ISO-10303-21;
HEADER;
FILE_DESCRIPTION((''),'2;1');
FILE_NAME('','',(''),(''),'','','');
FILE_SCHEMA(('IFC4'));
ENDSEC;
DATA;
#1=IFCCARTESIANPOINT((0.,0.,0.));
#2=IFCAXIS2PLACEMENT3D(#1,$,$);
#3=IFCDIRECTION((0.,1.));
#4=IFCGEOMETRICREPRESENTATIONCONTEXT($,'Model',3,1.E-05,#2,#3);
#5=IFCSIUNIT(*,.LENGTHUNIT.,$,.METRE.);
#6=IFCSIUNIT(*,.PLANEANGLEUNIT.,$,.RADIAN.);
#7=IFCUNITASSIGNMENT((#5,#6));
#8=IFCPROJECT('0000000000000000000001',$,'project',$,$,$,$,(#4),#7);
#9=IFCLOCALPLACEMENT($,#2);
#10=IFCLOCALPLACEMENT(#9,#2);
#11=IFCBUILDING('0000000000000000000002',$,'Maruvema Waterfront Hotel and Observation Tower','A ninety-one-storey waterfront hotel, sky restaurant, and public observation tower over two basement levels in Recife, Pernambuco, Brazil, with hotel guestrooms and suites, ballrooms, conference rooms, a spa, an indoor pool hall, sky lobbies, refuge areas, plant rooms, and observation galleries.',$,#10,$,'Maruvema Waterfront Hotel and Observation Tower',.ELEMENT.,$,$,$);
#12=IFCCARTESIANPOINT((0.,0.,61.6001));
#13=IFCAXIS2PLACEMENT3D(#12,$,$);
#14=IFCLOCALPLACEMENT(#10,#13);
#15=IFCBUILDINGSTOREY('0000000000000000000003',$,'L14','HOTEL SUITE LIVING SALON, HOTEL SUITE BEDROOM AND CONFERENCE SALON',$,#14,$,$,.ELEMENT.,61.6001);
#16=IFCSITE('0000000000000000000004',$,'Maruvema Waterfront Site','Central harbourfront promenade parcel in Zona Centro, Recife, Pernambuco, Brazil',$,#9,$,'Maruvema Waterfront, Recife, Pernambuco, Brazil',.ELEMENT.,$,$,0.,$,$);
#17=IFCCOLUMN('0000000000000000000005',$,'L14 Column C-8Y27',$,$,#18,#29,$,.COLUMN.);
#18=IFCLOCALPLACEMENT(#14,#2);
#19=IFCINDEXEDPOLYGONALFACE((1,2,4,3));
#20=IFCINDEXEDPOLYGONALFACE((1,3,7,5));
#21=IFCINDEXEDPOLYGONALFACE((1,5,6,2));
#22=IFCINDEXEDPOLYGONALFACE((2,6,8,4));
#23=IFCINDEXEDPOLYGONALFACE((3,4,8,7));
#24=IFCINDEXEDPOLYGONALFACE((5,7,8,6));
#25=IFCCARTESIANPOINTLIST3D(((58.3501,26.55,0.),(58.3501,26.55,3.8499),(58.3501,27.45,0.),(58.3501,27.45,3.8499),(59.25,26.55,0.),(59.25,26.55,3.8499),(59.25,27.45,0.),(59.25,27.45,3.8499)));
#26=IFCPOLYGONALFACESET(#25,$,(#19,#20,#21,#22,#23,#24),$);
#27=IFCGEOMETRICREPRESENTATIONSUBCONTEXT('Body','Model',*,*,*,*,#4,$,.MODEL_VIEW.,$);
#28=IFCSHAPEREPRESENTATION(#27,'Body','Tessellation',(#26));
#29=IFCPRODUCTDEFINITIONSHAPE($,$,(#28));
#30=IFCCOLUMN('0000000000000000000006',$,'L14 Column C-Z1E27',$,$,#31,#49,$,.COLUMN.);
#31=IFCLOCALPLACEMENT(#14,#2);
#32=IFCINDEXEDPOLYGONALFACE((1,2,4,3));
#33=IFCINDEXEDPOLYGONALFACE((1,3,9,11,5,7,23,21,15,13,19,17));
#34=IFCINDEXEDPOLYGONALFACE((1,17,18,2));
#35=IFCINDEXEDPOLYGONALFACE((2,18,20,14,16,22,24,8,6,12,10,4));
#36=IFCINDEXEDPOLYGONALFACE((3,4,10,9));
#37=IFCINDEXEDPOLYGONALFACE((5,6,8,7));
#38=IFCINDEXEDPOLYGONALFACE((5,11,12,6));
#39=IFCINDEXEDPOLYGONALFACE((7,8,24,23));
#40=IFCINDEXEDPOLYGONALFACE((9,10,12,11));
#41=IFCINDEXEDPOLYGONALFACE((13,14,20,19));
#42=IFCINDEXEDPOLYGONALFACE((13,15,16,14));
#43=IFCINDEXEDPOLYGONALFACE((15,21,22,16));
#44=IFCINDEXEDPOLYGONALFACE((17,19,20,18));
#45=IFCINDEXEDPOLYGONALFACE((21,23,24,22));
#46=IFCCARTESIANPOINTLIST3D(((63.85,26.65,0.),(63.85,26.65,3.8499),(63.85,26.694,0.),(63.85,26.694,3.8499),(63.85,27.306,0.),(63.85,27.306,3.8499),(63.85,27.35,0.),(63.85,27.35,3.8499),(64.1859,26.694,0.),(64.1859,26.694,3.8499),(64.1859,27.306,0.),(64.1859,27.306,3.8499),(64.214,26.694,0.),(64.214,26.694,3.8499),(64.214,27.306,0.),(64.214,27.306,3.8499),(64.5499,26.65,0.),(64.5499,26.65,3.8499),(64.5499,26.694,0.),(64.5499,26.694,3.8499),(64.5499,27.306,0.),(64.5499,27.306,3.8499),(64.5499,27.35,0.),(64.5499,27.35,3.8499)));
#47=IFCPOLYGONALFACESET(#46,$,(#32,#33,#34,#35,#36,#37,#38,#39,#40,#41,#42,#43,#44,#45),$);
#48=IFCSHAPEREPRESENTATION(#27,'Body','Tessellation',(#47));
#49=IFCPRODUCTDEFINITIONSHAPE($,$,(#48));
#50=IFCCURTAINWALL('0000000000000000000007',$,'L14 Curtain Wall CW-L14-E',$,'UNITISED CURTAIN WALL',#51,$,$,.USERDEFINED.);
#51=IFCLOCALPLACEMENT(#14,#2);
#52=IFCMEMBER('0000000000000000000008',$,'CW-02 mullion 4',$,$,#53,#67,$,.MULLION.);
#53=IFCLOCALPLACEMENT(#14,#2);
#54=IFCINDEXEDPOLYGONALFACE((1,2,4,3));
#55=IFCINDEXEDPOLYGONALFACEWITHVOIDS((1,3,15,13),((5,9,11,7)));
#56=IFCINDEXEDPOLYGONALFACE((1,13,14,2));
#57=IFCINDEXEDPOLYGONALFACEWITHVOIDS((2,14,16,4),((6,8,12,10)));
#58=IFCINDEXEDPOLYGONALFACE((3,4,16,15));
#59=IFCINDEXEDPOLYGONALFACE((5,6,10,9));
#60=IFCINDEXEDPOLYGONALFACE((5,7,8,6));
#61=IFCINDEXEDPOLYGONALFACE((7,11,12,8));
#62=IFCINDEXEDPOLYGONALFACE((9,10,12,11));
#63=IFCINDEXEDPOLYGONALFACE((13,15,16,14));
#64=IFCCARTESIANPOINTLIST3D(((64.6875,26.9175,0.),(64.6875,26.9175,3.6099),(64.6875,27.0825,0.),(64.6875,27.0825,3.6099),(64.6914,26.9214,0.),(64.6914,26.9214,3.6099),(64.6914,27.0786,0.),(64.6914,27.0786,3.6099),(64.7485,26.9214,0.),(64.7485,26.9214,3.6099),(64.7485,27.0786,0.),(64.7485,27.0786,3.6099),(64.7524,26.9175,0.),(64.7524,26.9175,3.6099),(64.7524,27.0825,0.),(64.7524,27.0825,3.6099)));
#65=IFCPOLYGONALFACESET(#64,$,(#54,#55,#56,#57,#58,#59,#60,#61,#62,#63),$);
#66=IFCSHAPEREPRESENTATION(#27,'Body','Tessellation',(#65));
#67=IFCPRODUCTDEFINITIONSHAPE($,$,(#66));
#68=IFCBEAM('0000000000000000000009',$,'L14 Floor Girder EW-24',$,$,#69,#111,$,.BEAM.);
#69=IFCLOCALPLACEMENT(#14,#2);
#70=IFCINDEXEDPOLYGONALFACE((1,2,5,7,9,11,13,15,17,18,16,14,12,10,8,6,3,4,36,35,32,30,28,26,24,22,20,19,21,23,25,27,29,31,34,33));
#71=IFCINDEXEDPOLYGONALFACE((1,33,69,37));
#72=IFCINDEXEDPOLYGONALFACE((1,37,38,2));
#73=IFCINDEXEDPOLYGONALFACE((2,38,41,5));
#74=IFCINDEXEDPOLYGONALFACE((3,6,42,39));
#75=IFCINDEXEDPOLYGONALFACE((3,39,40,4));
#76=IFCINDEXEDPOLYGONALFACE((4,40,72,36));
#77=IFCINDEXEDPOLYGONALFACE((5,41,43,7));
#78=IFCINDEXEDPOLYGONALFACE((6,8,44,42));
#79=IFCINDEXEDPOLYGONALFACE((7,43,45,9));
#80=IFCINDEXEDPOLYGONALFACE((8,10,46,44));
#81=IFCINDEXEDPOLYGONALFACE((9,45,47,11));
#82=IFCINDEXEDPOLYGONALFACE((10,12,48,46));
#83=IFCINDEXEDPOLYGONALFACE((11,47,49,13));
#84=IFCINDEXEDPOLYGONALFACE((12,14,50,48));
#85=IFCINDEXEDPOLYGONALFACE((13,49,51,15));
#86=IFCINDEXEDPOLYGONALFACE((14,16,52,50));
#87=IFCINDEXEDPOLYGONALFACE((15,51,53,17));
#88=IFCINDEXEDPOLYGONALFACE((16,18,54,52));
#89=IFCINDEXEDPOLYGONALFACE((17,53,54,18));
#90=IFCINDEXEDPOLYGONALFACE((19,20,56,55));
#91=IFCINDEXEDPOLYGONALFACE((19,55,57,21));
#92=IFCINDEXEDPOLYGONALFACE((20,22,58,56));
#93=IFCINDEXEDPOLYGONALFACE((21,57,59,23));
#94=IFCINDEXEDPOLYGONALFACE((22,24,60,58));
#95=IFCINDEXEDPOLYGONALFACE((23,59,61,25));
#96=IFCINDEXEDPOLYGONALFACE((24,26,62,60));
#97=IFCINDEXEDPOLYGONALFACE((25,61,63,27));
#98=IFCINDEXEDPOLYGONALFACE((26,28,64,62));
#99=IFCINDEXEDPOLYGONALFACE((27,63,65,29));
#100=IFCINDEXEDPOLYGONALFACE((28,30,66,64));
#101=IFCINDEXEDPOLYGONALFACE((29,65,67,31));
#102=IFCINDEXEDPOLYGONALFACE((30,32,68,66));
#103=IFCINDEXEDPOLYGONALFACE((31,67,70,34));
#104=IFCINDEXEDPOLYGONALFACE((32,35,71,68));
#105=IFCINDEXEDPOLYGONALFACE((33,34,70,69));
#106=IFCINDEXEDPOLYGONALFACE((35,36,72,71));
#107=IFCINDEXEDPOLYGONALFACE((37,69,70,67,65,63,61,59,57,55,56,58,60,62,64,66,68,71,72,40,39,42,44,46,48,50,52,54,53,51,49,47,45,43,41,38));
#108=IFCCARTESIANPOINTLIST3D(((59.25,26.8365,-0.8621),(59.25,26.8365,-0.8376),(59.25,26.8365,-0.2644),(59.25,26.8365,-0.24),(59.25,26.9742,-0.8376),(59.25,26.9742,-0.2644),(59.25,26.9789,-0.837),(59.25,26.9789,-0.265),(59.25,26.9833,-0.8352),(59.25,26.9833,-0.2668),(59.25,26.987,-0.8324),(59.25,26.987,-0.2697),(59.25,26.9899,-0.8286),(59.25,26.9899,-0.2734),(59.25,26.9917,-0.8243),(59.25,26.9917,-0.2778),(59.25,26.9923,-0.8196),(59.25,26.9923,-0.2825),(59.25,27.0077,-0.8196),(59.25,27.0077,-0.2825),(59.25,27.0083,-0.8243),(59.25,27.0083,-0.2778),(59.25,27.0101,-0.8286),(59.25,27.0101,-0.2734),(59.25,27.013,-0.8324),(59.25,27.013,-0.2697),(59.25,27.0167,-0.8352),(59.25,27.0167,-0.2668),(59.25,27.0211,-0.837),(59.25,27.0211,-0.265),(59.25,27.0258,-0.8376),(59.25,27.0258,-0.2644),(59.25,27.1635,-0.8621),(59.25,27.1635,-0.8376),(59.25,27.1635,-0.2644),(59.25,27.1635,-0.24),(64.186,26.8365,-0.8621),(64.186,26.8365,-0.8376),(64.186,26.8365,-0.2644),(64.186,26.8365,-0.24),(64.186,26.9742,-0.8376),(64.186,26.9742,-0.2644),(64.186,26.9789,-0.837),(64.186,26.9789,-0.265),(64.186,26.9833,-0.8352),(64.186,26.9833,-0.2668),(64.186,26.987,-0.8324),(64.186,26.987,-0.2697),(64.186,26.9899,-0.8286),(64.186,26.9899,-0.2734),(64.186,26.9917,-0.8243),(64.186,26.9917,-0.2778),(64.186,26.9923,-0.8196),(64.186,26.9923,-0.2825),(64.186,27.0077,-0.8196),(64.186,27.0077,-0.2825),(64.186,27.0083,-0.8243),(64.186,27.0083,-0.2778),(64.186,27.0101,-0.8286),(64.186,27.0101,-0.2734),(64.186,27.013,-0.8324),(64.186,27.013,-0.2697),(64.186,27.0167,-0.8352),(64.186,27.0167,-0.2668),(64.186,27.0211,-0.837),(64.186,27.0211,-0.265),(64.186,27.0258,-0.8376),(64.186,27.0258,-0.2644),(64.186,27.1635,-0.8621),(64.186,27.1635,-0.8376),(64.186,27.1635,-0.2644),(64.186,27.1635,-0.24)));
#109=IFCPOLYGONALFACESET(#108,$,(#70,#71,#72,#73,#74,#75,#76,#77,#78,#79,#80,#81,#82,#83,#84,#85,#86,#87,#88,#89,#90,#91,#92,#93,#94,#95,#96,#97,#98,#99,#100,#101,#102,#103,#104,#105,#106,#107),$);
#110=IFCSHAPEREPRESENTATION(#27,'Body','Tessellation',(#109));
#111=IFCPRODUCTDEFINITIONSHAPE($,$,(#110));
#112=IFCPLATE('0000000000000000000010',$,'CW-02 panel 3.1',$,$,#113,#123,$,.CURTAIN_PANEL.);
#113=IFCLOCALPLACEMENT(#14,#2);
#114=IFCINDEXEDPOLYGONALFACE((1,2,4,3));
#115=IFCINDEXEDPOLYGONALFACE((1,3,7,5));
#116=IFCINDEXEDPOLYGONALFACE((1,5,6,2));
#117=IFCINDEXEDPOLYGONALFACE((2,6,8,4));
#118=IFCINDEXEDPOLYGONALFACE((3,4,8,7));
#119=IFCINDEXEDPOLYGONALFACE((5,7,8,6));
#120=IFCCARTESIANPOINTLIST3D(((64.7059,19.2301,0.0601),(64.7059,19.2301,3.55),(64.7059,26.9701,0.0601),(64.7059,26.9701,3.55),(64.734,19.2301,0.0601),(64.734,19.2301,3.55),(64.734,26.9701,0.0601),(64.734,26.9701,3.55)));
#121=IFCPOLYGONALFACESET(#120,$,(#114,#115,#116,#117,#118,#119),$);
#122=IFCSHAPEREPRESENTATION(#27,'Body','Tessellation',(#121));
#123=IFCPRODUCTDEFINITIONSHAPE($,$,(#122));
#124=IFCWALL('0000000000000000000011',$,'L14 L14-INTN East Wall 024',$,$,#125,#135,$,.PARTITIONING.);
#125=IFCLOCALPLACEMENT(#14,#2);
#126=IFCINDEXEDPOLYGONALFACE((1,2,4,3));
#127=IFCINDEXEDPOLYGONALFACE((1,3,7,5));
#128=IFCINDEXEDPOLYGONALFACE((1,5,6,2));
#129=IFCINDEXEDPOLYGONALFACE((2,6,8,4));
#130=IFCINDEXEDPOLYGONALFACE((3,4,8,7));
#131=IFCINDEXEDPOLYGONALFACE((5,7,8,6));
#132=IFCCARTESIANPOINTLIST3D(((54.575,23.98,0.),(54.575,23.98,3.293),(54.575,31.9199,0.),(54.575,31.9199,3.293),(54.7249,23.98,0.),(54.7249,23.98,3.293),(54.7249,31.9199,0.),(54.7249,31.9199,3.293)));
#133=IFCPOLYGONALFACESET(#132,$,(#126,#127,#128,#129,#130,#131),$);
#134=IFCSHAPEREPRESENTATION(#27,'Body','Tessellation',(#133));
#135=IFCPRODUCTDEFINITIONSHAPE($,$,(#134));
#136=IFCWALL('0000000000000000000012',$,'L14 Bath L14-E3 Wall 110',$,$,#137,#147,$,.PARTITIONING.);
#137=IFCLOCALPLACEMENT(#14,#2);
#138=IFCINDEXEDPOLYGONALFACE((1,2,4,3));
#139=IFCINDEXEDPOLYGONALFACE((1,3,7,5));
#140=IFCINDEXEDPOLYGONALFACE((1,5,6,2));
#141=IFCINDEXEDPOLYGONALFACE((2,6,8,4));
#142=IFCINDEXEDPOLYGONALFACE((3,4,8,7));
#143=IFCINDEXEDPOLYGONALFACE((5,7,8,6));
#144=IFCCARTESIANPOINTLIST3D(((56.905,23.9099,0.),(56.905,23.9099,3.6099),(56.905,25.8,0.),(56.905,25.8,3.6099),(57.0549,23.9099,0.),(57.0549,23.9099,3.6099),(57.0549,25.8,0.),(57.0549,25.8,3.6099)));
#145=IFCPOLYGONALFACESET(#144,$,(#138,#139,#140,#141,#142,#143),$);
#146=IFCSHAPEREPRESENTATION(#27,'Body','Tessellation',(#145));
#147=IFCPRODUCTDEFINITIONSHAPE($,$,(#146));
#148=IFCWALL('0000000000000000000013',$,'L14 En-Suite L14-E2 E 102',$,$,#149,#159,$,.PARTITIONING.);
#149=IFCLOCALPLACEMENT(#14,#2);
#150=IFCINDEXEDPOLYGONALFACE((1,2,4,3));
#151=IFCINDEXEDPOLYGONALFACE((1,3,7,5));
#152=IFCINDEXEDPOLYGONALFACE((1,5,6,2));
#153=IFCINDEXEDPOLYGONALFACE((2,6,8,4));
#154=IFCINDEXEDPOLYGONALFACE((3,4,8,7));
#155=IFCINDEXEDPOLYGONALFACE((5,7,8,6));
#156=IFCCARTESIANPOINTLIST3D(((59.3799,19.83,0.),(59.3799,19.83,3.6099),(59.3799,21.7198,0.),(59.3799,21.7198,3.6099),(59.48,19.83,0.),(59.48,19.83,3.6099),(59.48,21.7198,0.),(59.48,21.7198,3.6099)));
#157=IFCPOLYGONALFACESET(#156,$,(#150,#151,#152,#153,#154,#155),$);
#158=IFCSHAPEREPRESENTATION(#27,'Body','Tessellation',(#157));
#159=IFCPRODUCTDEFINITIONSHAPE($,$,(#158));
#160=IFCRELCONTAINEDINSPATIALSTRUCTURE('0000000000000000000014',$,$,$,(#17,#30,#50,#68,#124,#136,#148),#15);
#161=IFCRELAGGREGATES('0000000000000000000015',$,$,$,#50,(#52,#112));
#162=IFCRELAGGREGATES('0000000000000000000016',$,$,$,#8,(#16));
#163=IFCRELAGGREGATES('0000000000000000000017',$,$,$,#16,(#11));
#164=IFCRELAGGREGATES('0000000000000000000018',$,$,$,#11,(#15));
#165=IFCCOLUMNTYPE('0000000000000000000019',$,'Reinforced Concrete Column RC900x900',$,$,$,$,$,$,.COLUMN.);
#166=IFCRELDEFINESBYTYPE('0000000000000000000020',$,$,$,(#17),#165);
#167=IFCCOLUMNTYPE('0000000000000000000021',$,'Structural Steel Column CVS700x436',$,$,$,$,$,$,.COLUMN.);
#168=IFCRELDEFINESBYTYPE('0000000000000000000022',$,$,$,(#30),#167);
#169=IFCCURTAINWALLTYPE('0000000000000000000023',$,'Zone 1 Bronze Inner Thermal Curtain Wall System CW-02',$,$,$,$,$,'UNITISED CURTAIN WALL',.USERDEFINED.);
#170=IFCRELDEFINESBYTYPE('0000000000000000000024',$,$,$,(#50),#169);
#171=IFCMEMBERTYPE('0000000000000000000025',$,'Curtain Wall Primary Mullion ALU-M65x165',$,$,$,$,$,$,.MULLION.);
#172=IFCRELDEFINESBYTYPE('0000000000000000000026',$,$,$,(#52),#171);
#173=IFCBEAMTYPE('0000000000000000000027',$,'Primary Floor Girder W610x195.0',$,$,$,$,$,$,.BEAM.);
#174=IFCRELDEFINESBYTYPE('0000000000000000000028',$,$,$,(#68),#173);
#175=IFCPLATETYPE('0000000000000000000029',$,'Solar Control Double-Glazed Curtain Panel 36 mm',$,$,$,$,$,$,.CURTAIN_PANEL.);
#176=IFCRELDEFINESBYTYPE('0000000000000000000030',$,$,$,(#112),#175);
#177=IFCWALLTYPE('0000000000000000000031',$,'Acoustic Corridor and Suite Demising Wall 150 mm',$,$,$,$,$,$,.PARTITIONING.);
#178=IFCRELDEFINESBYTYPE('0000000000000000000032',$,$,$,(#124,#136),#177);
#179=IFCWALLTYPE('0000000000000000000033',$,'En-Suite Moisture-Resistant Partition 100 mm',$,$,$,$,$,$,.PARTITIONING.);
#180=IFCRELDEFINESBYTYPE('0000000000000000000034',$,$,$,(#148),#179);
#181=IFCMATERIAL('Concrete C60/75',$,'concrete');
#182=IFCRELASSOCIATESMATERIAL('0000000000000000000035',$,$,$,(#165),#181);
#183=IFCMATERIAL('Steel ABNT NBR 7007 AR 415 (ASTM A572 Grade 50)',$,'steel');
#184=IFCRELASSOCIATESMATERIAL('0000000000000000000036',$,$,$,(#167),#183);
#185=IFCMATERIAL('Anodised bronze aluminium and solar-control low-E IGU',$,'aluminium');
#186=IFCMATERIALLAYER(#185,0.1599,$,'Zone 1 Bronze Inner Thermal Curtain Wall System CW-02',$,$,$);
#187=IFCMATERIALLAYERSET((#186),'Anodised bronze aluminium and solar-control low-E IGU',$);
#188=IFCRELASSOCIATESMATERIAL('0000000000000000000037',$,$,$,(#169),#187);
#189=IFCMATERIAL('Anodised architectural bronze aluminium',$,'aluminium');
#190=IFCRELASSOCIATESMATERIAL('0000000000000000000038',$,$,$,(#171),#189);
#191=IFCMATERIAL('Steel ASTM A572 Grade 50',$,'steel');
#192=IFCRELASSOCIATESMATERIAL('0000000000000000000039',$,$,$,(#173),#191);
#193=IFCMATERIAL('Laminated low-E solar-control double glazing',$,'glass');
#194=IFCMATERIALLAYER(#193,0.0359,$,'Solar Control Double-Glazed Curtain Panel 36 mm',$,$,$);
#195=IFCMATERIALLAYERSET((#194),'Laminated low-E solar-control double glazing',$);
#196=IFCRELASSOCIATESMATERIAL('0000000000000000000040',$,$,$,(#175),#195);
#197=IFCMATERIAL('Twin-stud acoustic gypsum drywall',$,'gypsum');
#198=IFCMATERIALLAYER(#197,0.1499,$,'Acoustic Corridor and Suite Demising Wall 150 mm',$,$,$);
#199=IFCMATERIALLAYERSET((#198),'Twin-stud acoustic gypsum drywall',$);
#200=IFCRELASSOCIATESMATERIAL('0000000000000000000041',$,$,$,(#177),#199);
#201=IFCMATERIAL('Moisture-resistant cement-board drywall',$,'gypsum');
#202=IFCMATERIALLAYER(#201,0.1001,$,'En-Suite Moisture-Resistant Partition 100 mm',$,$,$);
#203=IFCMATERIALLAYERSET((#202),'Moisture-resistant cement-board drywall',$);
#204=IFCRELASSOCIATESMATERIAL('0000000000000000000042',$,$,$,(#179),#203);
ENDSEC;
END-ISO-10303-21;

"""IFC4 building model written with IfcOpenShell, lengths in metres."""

from ifc_helpers import new_model, si_unit, direction, frame, frame_2d, origin, origin_2d, place, context, subcontext, project, spatial, rectangle, hollow_rectangle, i_section, extrude, material, layer, layer_set, material_profile, profile_set, type_object, element, aggregate, save


model = new_model("IFC4")

# Units and contexts
model_context = context("Model", 3, precision=1e-05, world=origin(), true_north=direction((0.0, 1.0)))
body_context = subcontext(model_context, "Body", "Model", "MODEL_VIEW")
ifc_project = project(units=[si_unit("LENGTHUNIT", "METRE"), si_unit("PLANEANGLEUNIT", "RADIAN")], contexts=[model_context])

# Site, building, storey
site_placement = place(None, origin())
site = spatial("IfcSite", under=ifc_project, at=site_placement, Name="Maruvema Waterfront Site", Description="Central harbourfront promenade parcel in Zona Centro, Recife, Pernambuco, Brazil", LongName="Maruvema Waterfront, Recife, Pernambuco, Brazil", CompositionType="ELEMENT", RefElevation=0.0)
building_placement = place(site_placement, origin())
building = spatial("IfcBuilding", under=site, at=building_placement, Name="Maruvema Waterfront Hotel and Observation Tower", Description="A ninety-one-storey waterfront hotel, sky restaurant, and public observation tower over two basement levels in Recife, Pernambuco, Brazil, with hotel guestrooms and suites, ballrooms, conference rooms, a spa, an indoor pool hall, sky lobbies, refuge areas, plant rooms, and observation galleries.", LongName="Maruvema Waterfront Hotel and Observation Tower", CompositionType="ELEMENT")
storey_placement = place(building_placement, frame((0.0, 0.0, 61.6001)))
storey = spatial("IfcBuildingStorey", under=building, at=storey_placement, Name="L14", Description="HOTEL SUITE LIVING SALON, HOTEL SUITE BEDROOM AND CONFERENCE SALON", CompositionType="ELEMENT", Elevation=61.6001)

# Columns
ifc_material_1 = material(Name="Concrete C60/75", Category="concrete")
ifc_material_profile_1 = material_profile(ifc_material_1, rectangle(XDim=0.8999, YDim=0.8999, at=origin_2d()), Name="RC900x900")
ifc_profile_set_1 = profile_set([ifc_material_profile_1], Name="Concrete C60/75")
column_type_1 = type_object("IfcColumnType", Name="Reinforced Concrete Column RC900x900", PredefinedType="COLUMN", material=ifc_profile_set_1)
column_1_placement = place(storey_placement, frame((58.8, 27.0, 0.0), z_axis=(0.0, 0.0, 1.0), x_axis=(1.0, 0.0, 0.0)))
element("IfcColumn", 1, at=column_1_placement, inside=storey, type_object=column_type_1, Name="L14 Column C-8Y27", PredefinedType="COLUMN", context=body_context, shape_type="SweptSolid", body=[
    extrude(rectangle(XDim=0.8999, YDim=0.8999, at=origin_2d()), origin(), (0.0, 0.0, 1.0), 3.8499),
])
ifc_material_2 = material(Name="Steel ABNT NBR 7007 AR 415 (ASTM A572 Grade 50)", Category="steel")
ifc_material_profile_2 = material_profile(ifc_material_2, i_section(OverallWidth=0.7, OverallDepth=0.7, WebThickness=0.0281, FlangeThickness=0.0439, at=origin_2d()), Name="CVS700x436")
ifc_profile_set_2 = profile_set([ifc_material_profile_2], Name="Steel ABNT NBR 7007 AR 415 (ASTM A572 Grade 50)")
column_type_2 = type_object("IfcColumnType", Name="Structural Steel Column CVS700x436", PredefinedType="COLUMN", material=ifc_profile_set_2)
column_2_placement = place(storey_placement, frame((64.2, 27.0, 0.0), z_axis=(0.0, 0.0, 1.0), x_axis=(1.0, 0.0, 0.0)))
element("IfcColumn", 2, at=column_2_placement, inside=storey, type_object=column_type_2, Name="L14 Column C-Z1E27", PredefinedType="COLUMN", context=body_context, shape_type="SweptSolid", body=[
    extrude(i_section(OverallWidth=0.7, OverallDepth=0.7, WebThickness=0.0281, FlangeThickness=0.0439, at=origin_2d()), origin(), (0.0, 0.0, 1.0), 3.8499),
])

# Curtain wall, member
ifc_material_3 = material(Name="Anodised bronze aluminium and solar-control low-E IGU", Category="aluminium")
ifc_layer_1 = layer(ifc_material_3, 0.1599, Name="Zone 1 Bronze Inner Thermal Curtain Wall System CW-02")
ifc_layer_set_1 = layer_set([ifc_layer_1], Name="Anodised bronze aluminium and solar-control low-E IGU")
curtain_wall_type = type_object("IfcCurtainWallType", Name="Zone 1 Bronze Inner Thermal Curtain Wall System CW-02", ElementType="UNITISED CURTAIN WALL", PredefinedType="USERDEFINED", material=ifc_layer_set_1)
curtain_wall_placement = place(storey_placement, origin())
curtain_wall = element("IfcCurtainWall", 3, at=curtain_wall_placement, inside=storey, type_object=curtain_wall_type, Name="L14 Curtain Wall CW-L14-E", ObjectType="UNITISED CURTAIN WALL", PredefinedType="USERDEFINED")
ifc_material_4 = material(Name="Anodised architectural bronze aluminium", Category="aluminium")
ifc_material_profile_3 = material_profile(ifc_material_4, hollow_rectangle(XDim=0.0649, YDim=0.165, WallThickness=0.0039, at=origin_2d()), Name="ALU-M65x165")
ifc_profile_set_3 = profile_set([ifc_material_profile_3], Name="Anodised architectural bronze aluminium")
member_type = type_object("IfcMemberType", Name="Curtain Wall Primary Mullion ALU-M65x165", PredefinedType="MULLION", material=ifc_profile_set_3)
member_placement = place(storey_placement, frame((64.72, 27.0, 0.0), z_axis=(0.0, 0.0, 1.0), x_axis=(-1.0, 0.0, 0.0)))
member = element("IfcMember", 4, at=member_placement, type_object=member_type, Name="CW-02 mullion 4", PredefinedType="MULLION", context=body_context, shape_type="SweptSolid", body=[
    extrude(hollow_rectangle(XDim=0.0649, YDim=0.165, WallThickness=0.0039, at=origin_2d()), origin(), (0.0, 0.0, 1.0), 3.6099),
])

# Beam
ifc_material_5 = material(Name="Steel ASTM A572 Grade 50", Category="steel")
ifc_material_profile_4 = material_profile(ifc_material_5, i_section(OverallWidth=0.3269, OverallDepth=0.6221, WebThickness=0.0154, FlangeThickness=0.0244, FilletRadius=0.0181, at=origin_2d()), Name="W610x195.0")
ifc_profile_set_4 = profile_set([ifc_material_profile_4], Name="Steel ASTM A572 Grade 50")
beam_type = type_object("IfcBeamType", Name="Primary Floor Girder W610x195.0", PredefinedType="BEAM", material=ifc_profile_set_4)
beam_placement = place(storey_placement, frame((59.25, 27.0, -0.551), z_axis=(1.0, 0.0, 0.0), x_axis=(0.0, 1.0, 0.0)))
element("IfcBeam", 5, at=beam_placement, inside=storey, type_object=beam_type, Name="L14 Floor Girder EW-24", PredefinedType="BEAM", context=body_context, shape_type="SweptSolid", body=[
    extrude(i_section(OverallWidth=0.3269, OverallDepth=0.6221, WebThickness=0.0154, FlangeThickness=0.0244, FilletRadius=0.0181, at=origin_2d()), origin(), (0.0, 0.0, 1.0), 4.936),
])

# Plate
ifc_material_6 = material(Name="Laminated low-E solar-control double glazing", Category="glass")
ifc_layer_2 = layer(ifc_material_6, 0.0359, Name="Solar Control Double-Glazed Curtain Panel 36 mm")
ifc_layer_set_2 = layer_set([ifc_layer_2], Name="Laminated low-E solar-control double glazing")
plate_type = type_object("IfcPlateType", Name="Solar Control Double-Glazed Curtain Panel 36 mm", PredefinedType="CURTAIN_PANEL", material=ifc_layer_set_2)
plate_placement = place(storey_placement, frame((64.72, 23.1001, 0.0601), z_axis=(0.0, 0.0, 1.0), x_axis=(0.0, 1.0, 0.0)))
plate = element("IfcPlate", 6, at=plate_placement, type_object=plate_type, Name="CW-02 panel 3.1", PredefinedType="CURTAIN_PANEL", context=body_context, shape_type="SweptSolid", body=[
    extrude(rectangle(XDim=7.74, YDim=0.0281, at=origin_2d()), origin(), (0.0, 0.0, 1.0), 3.49),
])
aggregate(curtain_wall, [member, plate])

# Wall
ifc_material_7 = material(Name="Twin-stud acoustic gypsum drywall", Category="gypsum")
ifc_layer_3 = layer(ifc_material_7, 0.1499, Name="Acoustic Corridor and Suite Demising Wall 150 mm")
ifc_layer_set_3 = layer_set([ifc_layer_3], Name="Twin-stud acoustic gypsum drywall")
wall_type_1 = type_object("IfcWallType", Name="Acoustic Corridor and Suite Demising Wall 150 mm", PredefinedType="PARTITIONING", material=ifc_layer_set_3)
wall_1_placement = place(storey_placement, frame((54.6499, 23.98, 0.0), z_axis=(0.0, 0.0, 1.0), x_axis=(0.0, 1.0, 0.0)))
element("IfcWall", 7, at=wall_1_placement, inside=storey, type_object=wall_type_1, Name="L14 L14-INTN East Wall 024", PredefinedType="PARTITIONING", context=body_context, shape_type="SweptSolid", body=[
    extrude(rectangle(XDim=7.9399, YDim=0.1499, at=frame_2d((3.97, 0.0))), origin(), (0.0, 0.0, 1.0), 3.293),
])

# Wall
wall_2_placement = place(storey_placement, frame((56.98, 23.9099, 0.0), z_axis=(0.0, 0.0, 1.0), x_axis=(0.0, 1.0, 0.0)))
element("IfcWall", 8, at=wall_2_placement, inside=storey, type_object=wall_type_1, Name="L14 Bath L14-E3 Wall 110", PredefinedType="PARTITIONING", context=body_context, shape_type="SweptSolid", body=[
    extrude(rectangle(XDim=1.8901, YDim=0.1499, at=frame_2d((0.9451, 0.0))), origin(), (0.0, 0.0, 1.0), 3.6099),
])

# Wall
ifc_material_8 = material(Name="Moisture-resistant cement-board drywall", Category="gypsum")
ifc_layer_4 = layer(ifc_material_8, 0.1001, Name="En-Suite Moisture-Resistant Partition 100 mm")
ifc_layer_set_4 = layer_set([ifc_layer_4], Name="Moisture-resistant cement-board drywall")
wall_type_2 = type_object("IfcWallType", Name="En-Suite Moisture-Resistant Partition 100 mm", PredefinedType="PARTITIONING", material=ifc_layer_set_4)
wall_3_placement = place(storey_placement, frame((59.4299, 19.8301, 0.0), z_axis=(0.0, 0.0, 1.0), x_axis=(0.0, 1.0, 0.0)))
element("IfcWall", 9, at=wall_3_placement, inside=storey, type_object=wall_type_2, Name="L14 En-Suite L14-E2 E 102", PredefinedType="PARTITIONING", context=body_context, shape_type="SweptSolid", body=[
    extrude(rectangle(XDim=1.8899, YDim=0.1001, at=frame_2d((0.9448, 0.0))), origin(), (0.0, 0.0, 1.0), 3.6099),
])

save(model, "model.ifc")
